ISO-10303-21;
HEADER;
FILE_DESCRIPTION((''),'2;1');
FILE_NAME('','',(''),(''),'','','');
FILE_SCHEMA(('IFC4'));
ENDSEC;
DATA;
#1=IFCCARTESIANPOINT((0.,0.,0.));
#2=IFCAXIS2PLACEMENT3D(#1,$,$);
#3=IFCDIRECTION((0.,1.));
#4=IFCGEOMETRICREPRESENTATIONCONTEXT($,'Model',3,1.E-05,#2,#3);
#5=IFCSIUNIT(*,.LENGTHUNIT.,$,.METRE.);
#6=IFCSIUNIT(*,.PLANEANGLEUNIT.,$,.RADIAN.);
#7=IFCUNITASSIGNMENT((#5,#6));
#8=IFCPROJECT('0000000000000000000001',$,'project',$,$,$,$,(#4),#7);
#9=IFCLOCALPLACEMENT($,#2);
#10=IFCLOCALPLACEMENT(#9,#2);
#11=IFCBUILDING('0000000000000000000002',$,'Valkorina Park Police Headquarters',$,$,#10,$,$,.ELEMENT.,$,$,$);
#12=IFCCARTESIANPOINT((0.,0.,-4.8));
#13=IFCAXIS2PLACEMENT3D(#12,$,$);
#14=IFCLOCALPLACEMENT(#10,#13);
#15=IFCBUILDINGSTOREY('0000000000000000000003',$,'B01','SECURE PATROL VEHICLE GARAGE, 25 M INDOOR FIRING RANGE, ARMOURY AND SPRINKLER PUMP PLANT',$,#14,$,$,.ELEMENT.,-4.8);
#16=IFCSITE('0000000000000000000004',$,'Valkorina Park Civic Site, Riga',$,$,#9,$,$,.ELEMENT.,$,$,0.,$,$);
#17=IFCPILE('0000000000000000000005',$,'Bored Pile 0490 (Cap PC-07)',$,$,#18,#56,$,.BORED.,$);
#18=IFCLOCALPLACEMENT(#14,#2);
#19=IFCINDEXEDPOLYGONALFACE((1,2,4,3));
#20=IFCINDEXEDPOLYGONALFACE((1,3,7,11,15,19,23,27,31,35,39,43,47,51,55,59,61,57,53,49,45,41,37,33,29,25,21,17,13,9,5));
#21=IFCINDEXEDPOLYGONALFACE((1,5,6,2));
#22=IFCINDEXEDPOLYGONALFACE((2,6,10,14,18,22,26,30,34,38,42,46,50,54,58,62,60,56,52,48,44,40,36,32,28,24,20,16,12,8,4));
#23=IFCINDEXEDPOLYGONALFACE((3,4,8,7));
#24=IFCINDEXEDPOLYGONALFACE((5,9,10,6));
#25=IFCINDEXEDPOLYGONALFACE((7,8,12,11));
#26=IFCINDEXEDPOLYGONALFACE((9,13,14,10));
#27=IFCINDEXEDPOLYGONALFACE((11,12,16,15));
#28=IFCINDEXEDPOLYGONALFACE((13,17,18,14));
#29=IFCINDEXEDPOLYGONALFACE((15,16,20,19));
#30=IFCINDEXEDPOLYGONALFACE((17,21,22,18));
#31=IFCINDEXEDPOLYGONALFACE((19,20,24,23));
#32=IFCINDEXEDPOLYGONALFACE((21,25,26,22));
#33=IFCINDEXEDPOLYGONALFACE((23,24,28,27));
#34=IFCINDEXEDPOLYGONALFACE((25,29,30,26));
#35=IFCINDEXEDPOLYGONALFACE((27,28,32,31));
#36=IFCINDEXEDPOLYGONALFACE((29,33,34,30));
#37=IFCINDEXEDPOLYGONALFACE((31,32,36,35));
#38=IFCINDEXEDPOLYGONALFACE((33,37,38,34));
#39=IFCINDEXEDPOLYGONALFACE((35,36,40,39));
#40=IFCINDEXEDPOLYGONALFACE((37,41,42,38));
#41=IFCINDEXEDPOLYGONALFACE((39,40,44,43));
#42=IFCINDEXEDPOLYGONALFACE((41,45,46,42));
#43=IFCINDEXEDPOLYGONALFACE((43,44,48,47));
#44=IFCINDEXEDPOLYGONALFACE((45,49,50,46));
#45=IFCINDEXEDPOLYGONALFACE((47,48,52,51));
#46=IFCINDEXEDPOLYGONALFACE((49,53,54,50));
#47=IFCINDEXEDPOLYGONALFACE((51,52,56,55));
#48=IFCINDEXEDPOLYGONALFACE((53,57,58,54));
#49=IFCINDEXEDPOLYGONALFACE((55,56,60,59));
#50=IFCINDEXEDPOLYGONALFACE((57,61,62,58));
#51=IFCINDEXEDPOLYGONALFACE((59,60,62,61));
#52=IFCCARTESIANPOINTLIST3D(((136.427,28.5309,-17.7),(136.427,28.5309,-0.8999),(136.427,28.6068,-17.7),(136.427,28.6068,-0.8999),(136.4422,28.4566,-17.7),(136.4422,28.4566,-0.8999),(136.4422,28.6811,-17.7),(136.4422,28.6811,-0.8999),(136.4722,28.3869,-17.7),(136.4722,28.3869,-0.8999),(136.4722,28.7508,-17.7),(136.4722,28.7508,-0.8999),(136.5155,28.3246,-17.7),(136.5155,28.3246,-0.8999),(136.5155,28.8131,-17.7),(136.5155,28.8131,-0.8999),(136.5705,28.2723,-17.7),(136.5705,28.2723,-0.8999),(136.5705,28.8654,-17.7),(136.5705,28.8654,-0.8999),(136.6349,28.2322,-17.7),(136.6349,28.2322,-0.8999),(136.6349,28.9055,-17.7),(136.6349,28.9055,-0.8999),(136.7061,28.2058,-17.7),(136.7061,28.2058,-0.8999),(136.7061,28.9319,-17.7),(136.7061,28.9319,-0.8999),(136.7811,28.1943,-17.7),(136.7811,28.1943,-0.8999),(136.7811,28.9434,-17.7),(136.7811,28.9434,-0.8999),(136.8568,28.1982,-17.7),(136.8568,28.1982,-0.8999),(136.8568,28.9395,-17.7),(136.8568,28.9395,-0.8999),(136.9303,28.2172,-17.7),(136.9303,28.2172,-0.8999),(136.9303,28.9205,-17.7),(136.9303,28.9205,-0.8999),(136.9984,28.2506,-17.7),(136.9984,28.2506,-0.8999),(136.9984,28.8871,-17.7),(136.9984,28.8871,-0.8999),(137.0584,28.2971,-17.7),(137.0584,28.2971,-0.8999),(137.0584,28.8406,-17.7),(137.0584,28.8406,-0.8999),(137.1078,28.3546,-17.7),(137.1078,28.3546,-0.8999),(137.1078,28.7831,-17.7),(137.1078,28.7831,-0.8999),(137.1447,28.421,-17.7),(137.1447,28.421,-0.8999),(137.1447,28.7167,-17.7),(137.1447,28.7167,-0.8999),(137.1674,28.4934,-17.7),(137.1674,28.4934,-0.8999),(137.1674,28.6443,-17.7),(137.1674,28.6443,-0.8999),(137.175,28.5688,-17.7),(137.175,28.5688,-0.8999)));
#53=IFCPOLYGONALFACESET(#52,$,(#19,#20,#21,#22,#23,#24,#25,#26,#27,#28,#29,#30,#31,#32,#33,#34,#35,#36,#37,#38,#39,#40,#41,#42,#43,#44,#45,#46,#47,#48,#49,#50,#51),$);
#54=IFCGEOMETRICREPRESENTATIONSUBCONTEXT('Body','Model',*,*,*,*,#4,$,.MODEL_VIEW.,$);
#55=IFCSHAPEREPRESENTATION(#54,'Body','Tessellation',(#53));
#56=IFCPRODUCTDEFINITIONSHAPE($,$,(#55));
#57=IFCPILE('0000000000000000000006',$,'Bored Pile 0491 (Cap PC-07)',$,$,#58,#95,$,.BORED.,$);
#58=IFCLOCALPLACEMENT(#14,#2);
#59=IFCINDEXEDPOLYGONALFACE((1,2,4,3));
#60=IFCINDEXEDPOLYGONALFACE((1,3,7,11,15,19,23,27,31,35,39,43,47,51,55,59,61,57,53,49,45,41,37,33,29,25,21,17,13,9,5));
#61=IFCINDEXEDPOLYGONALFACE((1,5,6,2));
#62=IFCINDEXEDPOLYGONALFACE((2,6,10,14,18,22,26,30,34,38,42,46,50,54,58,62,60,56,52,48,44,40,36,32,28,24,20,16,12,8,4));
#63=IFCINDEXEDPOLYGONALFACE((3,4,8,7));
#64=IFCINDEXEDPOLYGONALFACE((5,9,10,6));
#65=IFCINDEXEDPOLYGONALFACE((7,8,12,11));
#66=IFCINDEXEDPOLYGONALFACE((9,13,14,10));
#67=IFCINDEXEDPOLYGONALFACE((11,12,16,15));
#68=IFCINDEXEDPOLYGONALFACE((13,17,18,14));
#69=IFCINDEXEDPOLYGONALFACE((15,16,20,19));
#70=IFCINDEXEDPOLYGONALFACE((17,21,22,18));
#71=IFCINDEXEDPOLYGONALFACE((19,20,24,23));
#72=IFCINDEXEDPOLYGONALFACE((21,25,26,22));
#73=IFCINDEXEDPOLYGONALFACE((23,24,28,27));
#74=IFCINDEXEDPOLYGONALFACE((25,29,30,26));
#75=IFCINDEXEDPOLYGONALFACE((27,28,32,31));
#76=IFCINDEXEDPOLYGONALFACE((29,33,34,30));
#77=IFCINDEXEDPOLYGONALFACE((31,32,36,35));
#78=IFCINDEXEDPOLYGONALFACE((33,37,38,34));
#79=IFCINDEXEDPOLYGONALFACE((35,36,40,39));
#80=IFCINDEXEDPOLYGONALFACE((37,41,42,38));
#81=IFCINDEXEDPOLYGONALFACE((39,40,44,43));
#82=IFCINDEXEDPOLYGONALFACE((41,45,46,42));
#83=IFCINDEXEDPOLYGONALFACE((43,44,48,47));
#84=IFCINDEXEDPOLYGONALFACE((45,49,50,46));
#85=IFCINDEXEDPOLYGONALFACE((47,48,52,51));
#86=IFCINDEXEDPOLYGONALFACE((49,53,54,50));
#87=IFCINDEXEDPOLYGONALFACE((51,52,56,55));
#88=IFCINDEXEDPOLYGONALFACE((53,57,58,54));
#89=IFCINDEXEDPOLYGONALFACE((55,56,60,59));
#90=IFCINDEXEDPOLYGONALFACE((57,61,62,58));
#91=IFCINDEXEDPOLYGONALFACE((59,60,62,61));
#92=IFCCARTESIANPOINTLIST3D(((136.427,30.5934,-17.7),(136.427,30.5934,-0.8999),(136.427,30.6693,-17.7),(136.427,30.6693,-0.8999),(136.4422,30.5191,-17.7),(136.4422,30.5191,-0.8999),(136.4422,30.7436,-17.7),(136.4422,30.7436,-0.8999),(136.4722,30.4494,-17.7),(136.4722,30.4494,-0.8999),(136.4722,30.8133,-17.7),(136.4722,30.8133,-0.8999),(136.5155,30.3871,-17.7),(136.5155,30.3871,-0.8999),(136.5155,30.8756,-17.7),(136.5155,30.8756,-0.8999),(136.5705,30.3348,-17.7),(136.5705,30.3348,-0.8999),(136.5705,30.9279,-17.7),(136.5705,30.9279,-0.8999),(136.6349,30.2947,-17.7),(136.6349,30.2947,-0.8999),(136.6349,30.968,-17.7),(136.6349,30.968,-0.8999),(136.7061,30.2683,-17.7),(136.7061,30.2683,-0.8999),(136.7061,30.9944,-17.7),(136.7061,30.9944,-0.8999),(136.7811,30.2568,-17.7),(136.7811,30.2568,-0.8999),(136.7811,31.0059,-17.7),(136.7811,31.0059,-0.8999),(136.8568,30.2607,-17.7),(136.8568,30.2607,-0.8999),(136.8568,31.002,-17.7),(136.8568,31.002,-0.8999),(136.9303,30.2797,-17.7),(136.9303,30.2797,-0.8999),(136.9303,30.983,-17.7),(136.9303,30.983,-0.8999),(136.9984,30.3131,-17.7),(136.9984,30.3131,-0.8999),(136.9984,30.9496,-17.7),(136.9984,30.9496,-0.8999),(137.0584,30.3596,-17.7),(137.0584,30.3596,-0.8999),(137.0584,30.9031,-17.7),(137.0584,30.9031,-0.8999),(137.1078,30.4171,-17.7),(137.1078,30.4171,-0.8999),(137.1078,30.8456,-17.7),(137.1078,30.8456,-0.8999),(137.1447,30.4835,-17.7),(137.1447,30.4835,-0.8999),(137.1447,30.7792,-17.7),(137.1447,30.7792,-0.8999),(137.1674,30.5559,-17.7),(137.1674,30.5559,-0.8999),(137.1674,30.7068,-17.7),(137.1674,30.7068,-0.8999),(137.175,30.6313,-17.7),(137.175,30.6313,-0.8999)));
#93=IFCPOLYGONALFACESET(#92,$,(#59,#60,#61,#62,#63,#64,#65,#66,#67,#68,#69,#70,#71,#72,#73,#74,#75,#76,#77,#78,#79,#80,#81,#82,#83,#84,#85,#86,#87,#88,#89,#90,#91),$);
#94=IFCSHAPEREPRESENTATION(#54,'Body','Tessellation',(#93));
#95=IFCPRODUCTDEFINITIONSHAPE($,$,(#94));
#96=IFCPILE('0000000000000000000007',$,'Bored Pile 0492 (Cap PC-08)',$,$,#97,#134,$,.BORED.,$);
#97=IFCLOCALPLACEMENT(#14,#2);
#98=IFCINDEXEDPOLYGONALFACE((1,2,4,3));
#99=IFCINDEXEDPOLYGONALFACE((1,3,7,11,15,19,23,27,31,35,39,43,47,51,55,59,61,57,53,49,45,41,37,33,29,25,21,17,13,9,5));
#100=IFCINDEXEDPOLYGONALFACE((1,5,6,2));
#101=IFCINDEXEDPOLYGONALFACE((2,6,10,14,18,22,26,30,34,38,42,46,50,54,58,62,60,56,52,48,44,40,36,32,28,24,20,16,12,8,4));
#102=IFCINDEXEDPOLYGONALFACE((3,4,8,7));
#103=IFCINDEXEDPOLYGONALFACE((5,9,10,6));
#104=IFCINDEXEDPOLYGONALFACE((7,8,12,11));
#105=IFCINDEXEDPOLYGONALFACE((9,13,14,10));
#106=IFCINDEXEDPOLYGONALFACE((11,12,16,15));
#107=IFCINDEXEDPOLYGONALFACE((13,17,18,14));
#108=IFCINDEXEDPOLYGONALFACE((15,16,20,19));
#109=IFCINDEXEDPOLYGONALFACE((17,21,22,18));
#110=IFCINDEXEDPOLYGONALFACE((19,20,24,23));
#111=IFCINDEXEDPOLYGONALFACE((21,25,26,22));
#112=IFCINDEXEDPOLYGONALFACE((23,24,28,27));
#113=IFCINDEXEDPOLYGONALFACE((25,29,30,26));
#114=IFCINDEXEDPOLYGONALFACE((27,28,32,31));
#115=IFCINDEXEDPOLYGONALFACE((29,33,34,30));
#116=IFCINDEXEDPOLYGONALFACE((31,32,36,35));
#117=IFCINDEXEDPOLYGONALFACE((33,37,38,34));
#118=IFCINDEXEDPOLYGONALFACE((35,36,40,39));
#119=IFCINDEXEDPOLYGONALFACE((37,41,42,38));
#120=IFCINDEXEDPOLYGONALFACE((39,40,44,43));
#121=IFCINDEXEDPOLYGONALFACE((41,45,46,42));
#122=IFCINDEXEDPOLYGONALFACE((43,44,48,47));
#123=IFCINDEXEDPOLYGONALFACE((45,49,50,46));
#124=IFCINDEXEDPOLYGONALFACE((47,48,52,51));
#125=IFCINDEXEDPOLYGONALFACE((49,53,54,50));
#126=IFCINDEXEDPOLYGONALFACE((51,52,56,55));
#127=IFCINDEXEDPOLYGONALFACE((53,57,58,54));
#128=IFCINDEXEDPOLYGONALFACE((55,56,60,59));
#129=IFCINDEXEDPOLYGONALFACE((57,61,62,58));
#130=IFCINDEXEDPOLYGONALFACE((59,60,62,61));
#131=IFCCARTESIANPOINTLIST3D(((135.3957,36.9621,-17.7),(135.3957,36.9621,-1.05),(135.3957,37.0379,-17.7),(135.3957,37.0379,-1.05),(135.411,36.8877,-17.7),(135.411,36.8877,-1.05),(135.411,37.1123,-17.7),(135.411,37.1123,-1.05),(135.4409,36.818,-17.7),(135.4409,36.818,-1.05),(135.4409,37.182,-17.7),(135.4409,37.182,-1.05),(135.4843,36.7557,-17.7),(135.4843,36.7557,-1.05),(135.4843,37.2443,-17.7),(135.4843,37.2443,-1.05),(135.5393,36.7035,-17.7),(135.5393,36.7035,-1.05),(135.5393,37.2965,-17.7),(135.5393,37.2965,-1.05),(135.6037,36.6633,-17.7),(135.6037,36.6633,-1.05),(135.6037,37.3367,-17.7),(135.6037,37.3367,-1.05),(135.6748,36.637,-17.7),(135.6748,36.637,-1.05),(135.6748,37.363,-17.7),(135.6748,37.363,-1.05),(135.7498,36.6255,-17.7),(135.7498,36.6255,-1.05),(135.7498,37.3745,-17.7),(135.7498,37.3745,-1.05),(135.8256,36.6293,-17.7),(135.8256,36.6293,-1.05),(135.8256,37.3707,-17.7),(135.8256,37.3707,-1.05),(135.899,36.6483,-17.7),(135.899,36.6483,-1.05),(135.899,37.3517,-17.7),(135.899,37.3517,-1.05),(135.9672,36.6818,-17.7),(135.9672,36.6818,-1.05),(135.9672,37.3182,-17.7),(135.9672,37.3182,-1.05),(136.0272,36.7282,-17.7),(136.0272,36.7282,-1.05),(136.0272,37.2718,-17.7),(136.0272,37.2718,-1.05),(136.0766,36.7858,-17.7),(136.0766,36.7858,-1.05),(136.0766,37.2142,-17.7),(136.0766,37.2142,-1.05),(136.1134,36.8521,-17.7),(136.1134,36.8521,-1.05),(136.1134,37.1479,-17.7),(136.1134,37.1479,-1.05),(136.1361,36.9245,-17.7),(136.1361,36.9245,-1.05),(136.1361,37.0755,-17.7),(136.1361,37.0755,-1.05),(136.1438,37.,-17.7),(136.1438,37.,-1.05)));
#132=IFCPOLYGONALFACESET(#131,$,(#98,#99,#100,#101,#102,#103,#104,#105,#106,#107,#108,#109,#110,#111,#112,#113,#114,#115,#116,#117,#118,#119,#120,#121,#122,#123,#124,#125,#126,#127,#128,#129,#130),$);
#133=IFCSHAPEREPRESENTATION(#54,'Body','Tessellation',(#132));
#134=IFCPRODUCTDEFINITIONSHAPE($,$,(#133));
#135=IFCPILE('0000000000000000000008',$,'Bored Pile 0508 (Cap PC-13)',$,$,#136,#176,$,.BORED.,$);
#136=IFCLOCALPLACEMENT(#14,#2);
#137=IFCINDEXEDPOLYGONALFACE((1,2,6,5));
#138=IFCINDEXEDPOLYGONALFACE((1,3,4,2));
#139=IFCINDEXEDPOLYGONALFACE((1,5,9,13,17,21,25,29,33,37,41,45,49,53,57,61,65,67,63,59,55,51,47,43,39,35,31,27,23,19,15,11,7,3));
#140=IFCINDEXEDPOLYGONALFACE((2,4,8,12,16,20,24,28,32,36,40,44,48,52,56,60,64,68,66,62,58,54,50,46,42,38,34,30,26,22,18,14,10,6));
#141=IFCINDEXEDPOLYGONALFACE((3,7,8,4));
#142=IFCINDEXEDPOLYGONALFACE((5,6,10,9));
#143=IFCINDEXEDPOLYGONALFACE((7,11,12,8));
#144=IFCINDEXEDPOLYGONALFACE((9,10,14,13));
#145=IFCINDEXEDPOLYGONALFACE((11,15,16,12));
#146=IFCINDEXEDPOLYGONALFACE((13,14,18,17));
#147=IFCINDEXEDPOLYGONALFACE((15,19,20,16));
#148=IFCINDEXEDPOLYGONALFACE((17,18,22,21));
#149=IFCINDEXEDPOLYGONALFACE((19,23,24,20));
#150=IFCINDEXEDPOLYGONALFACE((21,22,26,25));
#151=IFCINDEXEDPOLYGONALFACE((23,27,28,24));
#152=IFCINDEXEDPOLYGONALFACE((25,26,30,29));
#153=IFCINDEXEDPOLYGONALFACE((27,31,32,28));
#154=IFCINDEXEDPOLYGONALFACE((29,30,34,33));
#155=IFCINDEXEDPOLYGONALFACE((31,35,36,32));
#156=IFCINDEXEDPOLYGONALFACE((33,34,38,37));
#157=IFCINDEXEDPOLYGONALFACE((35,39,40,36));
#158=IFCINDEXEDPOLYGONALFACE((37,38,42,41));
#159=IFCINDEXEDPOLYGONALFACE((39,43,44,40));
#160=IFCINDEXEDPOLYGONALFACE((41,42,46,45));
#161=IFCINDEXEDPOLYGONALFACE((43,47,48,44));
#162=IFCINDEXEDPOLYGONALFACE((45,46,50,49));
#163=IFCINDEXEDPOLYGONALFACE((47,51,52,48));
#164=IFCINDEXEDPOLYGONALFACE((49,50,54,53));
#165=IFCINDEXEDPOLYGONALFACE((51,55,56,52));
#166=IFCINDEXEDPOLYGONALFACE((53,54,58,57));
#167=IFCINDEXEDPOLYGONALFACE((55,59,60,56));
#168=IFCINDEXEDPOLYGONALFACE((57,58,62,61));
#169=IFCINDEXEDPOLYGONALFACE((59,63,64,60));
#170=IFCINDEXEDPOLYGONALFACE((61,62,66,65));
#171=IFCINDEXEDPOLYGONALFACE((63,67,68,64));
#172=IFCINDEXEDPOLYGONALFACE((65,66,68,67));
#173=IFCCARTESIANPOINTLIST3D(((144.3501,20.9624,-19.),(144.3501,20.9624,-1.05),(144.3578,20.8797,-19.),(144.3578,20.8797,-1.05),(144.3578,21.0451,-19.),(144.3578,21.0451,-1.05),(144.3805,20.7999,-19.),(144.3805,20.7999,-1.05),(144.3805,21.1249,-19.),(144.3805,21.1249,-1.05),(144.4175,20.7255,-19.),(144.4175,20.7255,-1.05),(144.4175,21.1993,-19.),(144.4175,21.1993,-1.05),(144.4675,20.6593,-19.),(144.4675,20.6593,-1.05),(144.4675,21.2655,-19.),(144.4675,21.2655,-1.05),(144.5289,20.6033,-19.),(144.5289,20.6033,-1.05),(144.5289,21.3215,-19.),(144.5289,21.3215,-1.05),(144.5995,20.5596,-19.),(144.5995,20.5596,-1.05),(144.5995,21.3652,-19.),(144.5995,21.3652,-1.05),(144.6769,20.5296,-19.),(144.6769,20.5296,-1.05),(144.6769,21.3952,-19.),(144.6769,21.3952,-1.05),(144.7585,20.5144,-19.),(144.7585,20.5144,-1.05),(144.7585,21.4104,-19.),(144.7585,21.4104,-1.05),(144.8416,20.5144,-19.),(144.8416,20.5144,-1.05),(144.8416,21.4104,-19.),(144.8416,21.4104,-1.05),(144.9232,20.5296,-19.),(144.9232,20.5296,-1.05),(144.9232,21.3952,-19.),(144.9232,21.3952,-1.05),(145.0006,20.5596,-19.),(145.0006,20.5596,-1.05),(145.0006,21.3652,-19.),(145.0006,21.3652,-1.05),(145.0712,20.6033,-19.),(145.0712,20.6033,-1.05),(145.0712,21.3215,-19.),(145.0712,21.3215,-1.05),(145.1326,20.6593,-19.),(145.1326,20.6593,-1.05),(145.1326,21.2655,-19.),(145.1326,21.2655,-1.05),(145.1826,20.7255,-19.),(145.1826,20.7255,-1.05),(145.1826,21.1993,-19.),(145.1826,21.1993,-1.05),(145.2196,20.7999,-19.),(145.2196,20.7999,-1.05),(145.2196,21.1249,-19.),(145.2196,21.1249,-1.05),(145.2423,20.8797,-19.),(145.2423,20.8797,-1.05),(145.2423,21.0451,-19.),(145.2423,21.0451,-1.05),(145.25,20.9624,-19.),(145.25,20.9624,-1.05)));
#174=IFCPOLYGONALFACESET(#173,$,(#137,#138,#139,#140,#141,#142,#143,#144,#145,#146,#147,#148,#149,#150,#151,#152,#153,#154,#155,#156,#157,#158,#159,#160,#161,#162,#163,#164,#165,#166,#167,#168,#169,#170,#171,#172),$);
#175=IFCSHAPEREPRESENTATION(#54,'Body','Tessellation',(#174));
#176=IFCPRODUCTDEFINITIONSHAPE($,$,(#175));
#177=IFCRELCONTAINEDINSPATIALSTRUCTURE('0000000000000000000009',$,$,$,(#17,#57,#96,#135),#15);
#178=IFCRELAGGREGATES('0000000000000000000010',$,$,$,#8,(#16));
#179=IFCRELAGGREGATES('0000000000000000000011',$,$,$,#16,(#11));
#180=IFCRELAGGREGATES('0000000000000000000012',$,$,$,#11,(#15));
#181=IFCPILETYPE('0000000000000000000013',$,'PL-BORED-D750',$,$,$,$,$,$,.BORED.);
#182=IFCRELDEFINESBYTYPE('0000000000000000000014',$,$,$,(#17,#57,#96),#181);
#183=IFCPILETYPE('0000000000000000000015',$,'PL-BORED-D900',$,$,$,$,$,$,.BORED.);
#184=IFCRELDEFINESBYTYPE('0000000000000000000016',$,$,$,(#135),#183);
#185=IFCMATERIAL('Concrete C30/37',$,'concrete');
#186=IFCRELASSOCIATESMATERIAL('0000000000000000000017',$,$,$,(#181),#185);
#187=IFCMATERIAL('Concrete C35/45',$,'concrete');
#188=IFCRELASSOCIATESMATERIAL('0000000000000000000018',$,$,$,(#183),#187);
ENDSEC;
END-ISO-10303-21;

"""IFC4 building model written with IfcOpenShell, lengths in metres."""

from ifc_helpers import new_model, si_unit, direction, frame, origin, origin_2d, place, context, subcontext, project, spatial, circle, extrude, material, material_profile, profile_set, type_object, element, save


model = new_model("IFC4")

# Units and contexts
model_context = context("Model", 3, precision=1e-05, world=origin(), true_north=direction((0.0, 1.0)))
body_context = subcontext(model_context, "Body", "Model", "MODEL_VIEW")
ifc_project = project(units=[si_unit("LENGTHUNIT", "METRE"), si_unit("PLANEANGLEUNIT", "RADIAN")], contexts=[model_context])

# Site, building, storey
site_placement = place(None, origin())
site = spatial("IfcSite", under=ifc_project, at=site_placement, Name="Valkorina Park Civic Site, Riga", CompositionType="ELEMENT", RefElevation=0.0)
building_placement = place(site_placement, origin())
building = spatial("IfcBuilding", under=site, at=building_placement, Name="Valkorina Park Police Headquarters", CompositionType="ELEMENT")
storey_placement = place(building_placement, frame((0.0, 0.0, -4.8)))
storey = spatial("IfcBuildingStorey", under=building, at=storey_placement, Name="B01", Description="SECURE PATROL VEHICLE GARAGE, 25 M INDOOR FIRING RANGE, ARMOURY AND SPRINKLER PUMP PLANT", CompositionType="ELEMENT", Elevation=-4.8)

# Piles
ifc_material_1 = material(Name="Concrete C30/37", Category="concrete")
ifc_material_profile_1 = material_profile(ifc_material_1, circle(Radius=0.375, at=origin_2d()), Name="BORED PILE D750")
ifc_profile_set_1 = profile_set([ifc_material_profile_1], Name="Concrete C30/37")
pile_type_1 = type_object("IfcPileType", Name="PL-BORED-D750", PredefinedType="BORED", material=ifc_profile_set_1)
for number, where, z_axis, x_axis, name in (
    (1, (136.8, 28.5688, -0.8999), (0.0, 0.0, -1.0), (1.0, 0.0, 0.0), "Bored Pile 0490 (Cap PC-07)"),
    (2, (136.8, 30.6313, -0.8999), (0.0, 0.0, -1.0), (1.0, 0.0, 0.0), "Bored Pile 0491 (Cap PC-07)"),
):
    element("IfcPile", number, at=place(storey_placement, frame(where, z_axis=z_axis, x_axis=x_axis)), inside=storey, type_object=pile_type_1, Name=name, PredefinedType="BORED", context=body_context, shape_type="SweptSolid", body=[
        extrude(circle(Radius=0.375, at=origin_2d()), origin(), (0.0, 0.0, 1.0), 16.8),
    ])
pile_1_placement = place(storey_placement, frame((135.7688, 37.0, -1.05), z_axis=(0.0, 0.0, -1.0), x_axis=(1.0, 0.0, 0.0)))
element("IfcPile", 3, at=pile_1_placement, inside=storey, type_object=pile_type_1, Name="Bored Pile 0492 (Cap PC-08)", PredefinedType="BORED", context=body_context, shape_type="SweptSolid", body=[
    extrude(circle(Radius=0.375, at=origin_2d()), origin(), (0.0, 0.0, 1.0), 16.6499),
])
ifc_material_2 = material(Name="Concrete C35/45", Category="concrete")
ifc_material_profile_2 = material_profile(ifc_material_2, circle(Radius=0.45, at=origin_2d()), Name="BORED PILE D900")
ifc_profile_set_2 = profile_set([ifc_material_profile_2], Name="Concrete C35/45")
pile_type_2 = type_object("IfcPileType", Name="PL-BORED-D900", PredefinedType="BORED", material=ifc_profile_set_2)
for number, where, z_axis, x_axis, name in (
    (4, (144.8, 20.9624, -1.05), (0.0, 0.0, -1.0), (1.0, 0.0, 0.0), "Bored Pile 0508 (Cap PC-13)"),
):
    element("IfcPile", number, at=place(storey_placement, frame(where, z_axis=z_axis, x_axis=x_axis)), inside=storey, type_object=pile_type_2, Name=name, PredefinedType="BORED", context=body_context, shape_type="SweptSolid", body=[
        extrude(circle(Radius=0.45, at=origin_2d()), origin(), (0.0, 0.0, 1.0), 17.95),
    ])

save(model, "model.ifc")
